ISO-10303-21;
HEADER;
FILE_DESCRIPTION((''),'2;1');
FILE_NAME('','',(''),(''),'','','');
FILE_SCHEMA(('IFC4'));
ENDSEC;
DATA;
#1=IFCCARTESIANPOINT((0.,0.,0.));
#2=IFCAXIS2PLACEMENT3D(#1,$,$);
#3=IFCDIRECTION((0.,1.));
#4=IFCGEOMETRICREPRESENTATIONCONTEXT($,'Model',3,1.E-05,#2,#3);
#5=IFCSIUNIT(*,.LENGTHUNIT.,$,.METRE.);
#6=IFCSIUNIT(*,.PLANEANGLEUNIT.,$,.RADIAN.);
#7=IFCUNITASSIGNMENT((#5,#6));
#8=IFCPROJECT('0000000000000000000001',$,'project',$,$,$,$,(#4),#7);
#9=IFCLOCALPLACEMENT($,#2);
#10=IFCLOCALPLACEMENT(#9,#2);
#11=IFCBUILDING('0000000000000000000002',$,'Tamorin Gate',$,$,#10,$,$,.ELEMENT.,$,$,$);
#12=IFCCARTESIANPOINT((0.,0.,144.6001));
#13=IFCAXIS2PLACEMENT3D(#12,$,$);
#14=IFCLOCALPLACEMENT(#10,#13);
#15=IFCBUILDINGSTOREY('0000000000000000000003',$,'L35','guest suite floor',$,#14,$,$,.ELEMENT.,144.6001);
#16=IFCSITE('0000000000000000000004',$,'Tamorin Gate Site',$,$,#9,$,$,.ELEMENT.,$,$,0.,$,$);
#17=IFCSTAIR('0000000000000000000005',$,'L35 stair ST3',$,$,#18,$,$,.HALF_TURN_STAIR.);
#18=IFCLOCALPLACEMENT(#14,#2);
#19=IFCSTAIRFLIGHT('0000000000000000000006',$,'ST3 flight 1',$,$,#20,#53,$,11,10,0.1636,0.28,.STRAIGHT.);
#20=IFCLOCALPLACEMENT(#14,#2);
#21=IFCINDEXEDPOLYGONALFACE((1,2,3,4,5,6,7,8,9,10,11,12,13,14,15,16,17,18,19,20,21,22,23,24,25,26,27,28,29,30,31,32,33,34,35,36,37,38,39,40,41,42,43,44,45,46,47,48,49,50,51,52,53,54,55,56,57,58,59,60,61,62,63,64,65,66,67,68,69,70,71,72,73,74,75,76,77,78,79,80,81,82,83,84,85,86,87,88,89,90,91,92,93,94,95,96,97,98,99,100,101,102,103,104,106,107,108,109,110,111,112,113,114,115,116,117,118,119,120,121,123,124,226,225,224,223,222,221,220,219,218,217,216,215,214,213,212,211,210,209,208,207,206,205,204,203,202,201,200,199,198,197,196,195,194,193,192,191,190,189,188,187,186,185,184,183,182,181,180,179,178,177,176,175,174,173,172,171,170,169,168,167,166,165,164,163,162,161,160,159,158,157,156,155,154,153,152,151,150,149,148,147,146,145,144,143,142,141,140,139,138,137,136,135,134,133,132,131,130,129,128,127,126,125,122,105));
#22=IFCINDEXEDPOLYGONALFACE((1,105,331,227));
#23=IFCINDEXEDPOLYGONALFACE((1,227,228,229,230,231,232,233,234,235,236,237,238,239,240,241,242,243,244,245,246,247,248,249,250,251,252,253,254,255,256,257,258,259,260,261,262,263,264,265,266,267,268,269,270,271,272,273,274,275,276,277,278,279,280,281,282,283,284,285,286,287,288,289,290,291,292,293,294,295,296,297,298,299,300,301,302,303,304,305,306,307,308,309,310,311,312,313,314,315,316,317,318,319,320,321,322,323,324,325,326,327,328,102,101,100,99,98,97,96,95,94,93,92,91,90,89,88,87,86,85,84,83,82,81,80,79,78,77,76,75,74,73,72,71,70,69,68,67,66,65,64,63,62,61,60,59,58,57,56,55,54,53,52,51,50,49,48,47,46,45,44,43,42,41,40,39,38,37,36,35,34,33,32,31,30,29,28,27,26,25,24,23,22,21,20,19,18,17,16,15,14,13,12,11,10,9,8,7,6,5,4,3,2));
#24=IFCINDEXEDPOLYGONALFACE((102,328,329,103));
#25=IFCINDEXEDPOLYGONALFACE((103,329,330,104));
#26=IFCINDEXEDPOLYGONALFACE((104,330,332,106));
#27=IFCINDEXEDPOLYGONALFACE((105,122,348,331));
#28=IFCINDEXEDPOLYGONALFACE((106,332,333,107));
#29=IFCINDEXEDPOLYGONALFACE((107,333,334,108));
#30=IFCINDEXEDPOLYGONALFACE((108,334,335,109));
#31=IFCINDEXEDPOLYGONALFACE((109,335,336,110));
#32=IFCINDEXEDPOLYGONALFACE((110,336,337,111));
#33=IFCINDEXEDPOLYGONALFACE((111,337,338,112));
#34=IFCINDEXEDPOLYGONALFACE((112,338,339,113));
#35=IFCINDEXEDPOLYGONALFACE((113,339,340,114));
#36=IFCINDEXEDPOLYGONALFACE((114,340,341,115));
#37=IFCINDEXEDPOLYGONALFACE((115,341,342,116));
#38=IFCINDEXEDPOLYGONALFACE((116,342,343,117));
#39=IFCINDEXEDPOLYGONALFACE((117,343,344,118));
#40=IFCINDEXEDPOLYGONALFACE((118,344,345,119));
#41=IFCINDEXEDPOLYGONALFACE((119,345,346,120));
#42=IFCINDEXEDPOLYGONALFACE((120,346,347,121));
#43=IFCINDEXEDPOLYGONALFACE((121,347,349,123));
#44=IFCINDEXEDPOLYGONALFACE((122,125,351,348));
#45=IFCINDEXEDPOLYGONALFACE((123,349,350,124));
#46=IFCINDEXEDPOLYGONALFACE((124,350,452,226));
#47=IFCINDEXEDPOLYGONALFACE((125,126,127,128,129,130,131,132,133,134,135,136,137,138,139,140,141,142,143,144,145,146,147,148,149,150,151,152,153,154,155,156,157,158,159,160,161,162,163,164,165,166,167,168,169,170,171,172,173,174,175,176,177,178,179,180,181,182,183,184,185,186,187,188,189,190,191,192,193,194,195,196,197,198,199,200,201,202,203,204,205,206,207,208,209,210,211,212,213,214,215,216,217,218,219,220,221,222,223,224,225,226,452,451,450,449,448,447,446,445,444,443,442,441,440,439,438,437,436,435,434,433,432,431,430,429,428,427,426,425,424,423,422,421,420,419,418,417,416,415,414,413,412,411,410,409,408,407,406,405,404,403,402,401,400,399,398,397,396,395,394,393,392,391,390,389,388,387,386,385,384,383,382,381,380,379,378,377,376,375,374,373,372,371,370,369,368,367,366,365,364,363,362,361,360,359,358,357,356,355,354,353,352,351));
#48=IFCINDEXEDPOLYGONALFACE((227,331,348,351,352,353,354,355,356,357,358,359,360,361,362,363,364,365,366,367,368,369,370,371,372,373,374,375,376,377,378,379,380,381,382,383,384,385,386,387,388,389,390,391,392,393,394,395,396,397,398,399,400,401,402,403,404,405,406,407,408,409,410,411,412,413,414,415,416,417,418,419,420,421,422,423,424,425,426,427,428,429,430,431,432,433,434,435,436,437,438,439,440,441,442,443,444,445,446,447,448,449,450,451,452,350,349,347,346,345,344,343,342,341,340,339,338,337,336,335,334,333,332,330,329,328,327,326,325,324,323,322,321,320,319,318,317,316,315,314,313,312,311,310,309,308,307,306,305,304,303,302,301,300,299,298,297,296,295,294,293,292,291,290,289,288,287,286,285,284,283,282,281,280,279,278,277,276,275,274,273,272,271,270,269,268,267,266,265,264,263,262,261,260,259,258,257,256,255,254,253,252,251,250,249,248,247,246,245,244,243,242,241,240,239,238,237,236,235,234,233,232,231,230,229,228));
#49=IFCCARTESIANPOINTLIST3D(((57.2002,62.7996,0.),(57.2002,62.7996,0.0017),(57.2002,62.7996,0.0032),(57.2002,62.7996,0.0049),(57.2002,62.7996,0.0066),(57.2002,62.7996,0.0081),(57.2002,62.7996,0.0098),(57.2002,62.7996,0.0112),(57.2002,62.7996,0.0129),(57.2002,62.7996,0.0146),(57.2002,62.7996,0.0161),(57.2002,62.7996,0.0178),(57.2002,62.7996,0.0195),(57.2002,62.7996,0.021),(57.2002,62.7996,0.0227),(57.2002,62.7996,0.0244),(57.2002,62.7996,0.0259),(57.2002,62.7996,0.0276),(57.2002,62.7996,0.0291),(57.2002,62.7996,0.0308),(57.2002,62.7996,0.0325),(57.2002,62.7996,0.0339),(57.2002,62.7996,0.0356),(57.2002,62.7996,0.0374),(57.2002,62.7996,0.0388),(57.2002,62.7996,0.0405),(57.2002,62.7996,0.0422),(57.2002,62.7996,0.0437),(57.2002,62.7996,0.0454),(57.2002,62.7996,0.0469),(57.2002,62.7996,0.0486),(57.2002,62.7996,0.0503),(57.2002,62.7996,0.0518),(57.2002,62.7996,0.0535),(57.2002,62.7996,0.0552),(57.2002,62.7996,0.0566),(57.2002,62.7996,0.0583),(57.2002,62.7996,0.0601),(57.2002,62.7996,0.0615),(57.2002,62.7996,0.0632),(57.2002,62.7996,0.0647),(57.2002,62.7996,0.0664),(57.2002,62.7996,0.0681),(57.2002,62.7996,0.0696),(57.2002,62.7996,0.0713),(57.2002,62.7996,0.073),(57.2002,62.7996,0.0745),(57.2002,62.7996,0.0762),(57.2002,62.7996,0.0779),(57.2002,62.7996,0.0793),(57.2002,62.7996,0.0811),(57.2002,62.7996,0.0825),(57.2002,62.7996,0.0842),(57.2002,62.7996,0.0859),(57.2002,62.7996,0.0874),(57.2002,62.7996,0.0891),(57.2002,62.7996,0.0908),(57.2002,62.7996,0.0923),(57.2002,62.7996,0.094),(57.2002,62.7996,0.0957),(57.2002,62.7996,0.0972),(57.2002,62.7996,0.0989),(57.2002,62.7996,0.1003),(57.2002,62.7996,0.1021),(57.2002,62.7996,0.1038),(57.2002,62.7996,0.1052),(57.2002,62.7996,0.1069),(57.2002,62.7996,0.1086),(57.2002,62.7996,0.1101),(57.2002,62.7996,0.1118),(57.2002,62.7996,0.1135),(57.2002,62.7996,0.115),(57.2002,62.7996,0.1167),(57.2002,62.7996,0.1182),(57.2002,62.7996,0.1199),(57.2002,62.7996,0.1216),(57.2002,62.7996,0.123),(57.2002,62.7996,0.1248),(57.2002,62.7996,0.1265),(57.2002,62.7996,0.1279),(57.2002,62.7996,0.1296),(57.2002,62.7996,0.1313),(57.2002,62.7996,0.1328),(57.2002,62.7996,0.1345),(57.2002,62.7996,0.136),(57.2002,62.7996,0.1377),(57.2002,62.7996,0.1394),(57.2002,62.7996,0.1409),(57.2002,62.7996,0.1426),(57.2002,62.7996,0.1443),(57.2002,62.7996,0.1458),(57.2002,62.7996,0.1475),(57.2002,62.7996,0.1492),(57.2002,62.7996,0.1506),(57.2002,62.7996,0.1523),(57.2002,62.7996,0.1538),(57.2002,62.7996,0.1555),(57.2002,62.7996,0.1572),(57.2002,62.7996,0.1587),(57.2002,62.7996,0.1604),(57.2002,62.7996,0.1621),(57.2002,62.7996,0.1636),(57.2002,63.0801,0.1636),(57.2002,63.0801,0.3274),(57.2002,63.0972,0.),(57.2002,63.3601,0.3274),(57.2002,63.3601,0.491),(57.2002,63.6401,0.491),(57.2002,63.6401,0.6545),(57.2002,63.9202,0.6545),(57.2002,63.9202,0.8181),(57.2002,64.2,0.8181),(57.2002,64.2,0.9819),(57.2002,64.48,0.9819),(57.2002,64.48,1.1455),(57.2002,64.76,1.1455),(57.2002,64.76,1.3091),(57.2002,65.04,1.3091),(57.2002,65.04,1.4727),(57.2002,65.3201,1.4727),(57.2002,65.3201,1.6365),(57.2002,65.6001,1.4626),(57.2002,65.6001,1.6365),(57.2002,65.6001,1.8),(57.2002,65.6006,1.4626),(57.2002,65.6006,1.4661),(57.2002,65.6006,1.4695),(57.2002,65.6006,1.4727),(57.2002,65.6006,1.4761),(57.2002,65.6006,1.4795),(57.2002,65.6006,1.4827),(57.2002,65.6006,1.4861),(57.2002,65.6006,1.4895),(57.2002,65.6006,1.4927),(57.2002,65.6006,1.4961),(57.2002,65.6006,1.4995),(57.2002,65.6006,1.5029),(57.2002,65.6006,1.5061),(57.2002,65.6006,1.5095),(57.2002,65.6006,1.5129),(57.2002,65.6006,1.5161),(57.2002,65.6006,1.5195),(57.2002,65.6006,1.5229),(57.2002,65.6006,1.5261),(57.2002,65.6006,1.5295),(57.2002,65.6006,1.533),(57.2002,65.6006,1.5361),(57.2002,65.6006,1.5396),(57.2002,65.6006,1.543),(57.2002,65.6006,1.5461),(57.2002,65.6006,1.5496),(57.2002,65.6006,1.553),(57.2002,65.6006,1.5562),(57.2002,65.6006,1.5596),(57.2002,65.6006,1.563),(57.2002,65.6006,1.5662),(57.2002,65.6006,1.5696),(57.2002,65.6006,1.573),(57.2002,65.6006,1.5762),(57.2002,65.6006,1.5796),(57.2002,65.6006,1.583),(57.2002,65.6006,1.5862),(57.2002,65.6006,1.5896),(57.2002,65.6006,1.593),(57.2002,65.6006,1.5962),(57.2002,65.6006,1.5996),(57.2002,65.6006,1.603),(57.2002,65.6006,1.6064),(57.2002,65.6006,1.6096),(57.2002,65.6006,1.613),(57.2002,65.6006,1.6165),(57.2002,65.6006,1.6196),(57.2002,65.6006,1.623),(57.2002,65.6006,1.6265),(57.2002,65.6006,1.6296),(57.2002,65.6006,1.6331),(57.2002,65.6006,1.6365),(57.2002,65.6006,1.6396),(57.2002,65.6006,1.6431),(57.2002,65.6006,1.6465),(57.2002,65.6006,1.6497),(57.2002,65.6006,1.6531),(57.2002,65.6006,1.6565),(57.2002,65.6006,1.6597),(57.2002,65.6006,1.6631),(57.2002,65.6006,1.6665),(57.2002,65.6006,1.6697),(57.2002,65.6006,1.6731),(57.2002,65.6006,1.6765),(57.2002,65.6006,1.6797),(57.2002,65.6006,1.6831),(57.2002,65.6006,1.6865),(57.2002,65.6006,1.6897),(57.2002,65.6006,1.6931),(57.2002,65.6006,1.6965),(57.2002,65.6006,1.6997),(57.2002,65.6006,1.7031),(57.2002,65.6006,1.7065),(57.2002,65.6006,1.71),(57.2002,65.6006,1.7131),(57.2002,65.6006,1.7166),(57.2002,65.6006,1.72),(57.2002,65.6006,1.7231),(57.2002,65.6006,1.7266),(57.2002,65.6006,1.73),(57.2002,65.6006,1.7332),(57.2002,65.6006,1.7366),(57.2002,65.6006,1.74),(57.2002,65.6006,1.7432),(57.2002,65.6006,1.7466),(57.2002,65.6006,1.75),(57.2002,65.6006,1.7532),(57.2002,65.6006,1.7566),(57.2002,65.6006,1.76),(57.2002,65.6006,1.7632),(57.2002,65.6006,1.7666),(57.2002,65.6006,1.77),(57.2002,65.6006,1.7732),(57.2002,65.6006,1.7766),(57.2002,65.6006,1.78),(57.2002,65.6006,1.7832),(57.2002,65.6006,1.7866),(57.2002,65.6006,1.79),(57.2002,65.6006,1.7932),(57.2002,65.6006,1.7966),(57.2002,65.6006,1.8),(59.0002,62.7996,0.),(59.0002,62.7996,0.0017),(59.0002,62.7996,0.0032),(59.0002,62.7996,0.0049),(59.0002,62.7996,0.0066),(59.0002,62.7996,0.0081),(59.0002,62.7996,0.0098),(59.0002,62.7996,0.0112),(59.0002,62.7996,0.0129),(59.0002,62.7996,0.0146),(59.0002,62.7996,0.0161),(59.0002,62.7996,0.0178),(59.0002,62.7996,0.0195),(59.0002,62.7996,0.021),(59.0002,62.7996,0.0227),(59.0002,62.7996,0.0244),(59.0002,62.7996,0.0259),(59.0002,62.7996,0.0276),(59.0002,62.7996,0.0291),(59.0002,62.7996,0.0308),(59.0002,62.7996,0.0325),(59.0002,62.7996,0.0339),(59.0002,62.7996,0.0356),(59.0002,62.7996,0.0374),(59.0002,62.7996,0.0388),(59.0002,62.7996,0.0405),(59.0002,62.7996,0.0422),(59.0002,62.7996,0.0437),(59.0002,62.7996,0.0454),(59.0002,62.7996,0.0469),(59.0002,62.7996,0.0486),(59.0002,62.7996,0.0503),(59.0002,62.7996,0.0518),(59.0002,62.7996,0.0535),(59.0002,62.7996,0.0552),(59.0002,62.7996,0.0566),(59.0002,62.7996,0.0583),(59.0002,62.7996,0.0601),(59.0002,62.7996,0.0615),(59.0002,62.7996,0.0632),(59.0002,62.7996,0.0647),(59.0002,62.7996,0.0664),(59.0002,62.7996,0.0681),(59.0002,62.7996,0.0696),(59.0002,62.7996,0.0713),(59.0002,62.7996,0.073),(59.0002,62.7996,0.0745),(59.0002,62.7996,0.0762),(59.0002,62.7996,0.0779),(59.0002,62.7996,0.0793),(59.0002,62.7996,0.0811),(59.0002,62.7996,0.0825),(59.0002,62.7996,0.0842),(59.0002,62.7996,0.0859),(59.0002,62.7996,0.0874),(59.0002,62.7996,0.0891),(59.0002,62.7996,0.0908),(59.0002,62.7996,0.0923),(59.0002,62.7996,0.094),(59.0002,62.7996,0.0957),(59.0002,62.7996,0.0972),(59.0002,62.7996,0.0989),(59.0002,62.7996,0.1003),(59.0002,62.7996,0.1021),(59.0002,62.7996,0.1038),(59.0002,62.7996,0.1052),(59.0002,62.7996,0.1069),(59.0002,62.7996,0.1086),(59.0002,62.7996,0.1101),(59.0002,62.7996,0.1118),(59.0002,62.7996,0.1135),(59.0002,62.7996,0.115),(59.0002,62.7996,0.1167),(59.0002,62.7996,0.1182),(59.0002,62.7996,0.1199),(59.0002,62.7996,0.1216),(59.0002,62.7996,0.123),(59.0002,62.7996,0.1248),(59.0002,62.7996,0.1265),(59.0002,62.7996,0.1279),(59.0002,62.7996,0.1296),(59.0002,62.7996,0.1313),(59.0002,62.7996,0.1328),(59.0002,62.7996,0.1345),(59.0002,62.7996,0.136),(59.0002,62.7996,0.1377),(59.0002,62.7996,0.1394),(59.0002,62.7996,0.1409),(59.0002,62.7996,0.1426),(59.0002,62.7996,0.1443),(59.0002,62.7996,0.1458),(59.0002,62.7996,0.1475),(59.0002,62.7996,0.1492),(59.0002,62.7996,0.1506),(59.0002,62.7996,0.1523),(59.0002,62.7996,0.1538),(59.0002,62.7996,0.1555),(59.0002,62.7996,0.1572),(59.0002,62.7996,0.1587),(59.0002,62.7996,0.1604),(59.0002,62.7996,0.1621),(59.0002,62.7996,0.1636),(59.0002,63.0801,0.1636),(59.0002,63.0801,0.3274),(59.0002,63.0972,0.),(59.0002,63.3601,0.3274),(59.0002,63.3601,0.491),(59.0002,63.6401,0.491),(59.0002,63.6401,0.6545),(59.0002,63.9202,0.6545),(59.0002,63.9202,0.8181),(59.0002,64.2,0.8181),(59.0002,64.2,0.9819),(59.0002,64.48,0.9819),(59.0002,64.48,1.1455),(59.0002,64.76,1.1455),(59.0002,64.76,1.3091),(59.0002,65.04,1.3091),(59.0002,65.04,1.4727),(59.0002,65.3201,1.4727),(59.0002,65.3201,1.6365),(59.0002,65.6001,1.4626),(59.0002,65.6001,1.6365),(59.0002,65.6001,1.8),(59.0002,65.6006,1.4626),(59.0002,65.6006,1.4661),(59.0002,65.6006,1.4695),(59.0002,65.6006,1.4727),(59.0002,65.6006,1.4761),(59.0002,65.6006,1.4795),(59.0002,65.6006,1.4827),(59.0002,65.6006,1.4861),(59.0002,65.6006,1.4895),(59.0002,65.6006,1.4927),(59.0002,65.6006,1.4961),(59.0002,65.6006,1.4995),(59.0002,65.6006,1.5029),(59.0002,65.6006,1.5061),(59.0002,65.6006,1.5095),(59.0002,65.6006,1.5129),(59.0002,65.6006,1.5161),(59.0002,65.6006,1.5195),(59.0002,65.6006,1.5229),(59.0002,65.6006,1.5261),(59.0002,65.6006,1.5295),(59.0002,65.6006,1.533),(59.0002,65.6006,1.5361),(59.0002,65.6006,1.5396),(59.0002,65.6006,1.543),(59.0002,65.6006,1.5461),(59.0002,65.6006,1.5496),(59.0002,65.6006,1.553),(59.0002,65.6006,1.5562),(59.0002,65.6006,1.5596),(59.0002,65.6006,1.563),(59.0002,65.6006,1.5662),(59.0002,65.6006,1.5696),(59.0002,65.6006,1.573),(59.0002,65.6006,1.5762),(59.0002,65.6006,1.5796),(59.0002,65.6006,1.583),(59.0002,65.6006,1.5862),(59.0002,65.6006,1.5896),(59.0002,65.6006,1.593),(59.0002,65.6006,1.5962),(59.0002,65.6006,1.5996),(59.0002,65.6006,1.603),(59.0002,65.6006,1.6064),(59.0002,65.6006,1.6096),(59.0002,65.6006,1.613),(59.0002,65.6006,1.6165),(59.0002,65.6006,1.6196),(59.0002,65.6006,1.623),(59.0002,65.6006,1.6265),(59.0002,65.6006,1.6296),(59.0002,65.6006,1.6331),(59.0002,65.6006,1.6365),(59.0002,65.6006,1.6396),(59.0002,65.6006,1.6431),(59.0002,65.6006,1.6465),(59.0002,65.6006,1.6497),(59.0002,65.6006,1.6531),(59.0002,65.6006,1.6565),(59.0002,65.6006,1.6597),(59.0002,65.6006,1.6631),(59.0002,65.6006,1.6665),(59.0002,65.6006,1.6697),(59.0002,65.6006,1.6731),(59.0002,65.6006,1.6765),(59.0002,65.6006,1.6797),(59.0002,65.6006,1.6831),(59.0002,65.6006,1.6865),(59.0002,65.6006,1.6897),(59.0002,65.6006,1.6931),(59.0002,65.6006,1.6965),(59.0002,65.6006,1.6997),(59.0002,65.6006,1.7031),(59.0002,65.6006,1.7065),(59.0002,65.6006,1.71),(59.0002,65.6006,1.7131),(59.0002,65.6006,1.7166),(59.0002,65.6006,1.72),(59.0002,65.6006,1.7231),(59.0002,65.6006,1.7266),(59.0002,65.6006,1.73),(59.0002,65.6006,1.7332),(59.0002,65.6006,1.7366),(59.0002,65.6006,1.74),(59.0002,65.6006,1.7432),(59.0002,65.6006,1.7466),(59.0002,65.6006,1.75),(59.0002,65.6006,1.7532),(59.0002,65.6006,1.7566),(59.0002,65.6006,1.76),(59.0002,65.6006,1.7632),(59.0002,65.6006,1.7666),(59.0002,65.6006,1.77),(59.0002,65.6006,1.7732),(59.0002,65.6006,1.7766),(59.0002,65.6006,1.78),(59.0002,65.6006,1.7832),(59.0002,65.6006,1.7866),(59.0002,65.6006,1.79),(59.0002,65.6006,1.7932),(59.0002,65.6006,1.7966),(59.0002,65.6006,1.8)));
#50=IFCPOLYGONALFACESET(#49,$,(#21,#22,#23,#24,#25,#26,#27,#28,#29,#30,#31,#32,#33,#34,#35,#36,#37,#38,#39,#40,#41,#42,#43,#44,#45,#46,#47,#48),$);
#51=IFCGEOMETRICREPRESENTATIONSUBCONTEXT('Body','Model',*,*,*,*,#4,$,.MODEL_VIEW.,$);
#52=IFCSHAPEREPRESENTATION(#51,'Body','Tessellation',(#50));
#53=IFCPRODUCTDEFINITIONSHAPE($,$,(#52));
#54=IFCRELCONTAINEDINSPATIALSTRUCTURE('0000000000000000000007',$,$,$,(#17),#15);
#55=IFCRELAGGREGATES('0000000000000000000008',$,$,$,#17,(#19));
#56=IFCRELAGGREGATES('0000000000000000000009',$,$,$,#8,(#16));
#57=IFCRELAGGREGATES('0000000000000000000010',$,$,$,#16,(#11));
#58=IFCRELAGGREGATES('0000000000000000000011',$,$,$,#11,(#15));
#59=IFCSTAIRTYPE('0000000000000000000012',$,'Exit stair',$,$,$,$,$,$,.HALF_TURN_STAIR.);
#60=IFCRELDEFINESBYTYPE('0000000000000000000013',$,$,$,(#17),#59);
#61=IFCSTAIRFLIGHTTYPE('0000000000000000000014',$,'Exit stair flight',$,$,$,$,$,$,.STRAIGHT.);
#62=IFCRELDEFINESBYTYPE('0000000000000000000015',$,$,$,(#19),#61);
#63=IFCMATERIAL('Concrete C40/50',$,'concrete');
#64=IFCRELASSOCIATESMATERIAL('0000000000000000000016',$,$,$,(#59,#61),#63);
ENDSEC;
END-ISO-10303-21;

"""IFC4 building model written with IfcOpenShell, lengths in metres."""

from ifc_helpers import new_model, si_unit, direction, frame, origin, place, context, subcontext, project, spatial, polyline, outline, extrude, material, type_object, element, aggregate, save


model = new_model("IFC4")

# Units and contexts
model_context = context("Model", 3, precision=1e-05, world=origin(), true_north=direction((0.0, 1.0)))
body_context = subcontext(model_context, "Body", "Model", "MODEL_VIEW")
ifc_project = project(units=[si_unit("LENGTHUNIT", "METRE"), si_unit("PLANEANGLEUNIT", "RADIAN")], contexts=[model_context])

# Site, building, storey
site_placement = place(None, origin())
site = spatial("IfcSite", under=ifc_project, at=site_placement, Name="Tamorin Gate Site", CompositionType="ELEMENT", RefElevation=0.0)
building_placement = place(site_placement, origin())
building = spatial("IfcBuilding", under=site, at=building_placement, Name="Tamorin Gate", CompositionType="ELEMENT")
storey_placement = place(building_placement, frame((0.0, 0.0, 144.6001)))
storey = spatial("IfcBuildingStorey", under=building, at=storey_placement, Name="L35", Description="guest suite floor", CompositionType="ELEMENT", Elevation=144.6001)

# Stair, stair flight
ifc_material_1 = material(Name="Concrete C40/50", Category="concrete")
stair_type = type_object("IfcStairType", Name="Exit stair", PredefinedType="HALF_TURN_STAIR", material=ifc_material_1)
stair_placement = place(storey_placement, origin())
stair = element("IfcStair", 1, at=stair_placement, inside=storey, type_object=stair_type, Name="L35 stair ST3", PredefinedType="HALF_TURN_STAIR")
stair_flight_type = type_object("IfcStairFlightType", Name="Exit stair flight", PredefinedType="STRAIGHT", material=ifc_material_1)
stair_flight_placement = place(storey_placement, frame((58.1001, 62.8, 0.0), z_axis=(0.0, 0.0, 1.0), x_axis=(0.0, 1.0, 0.0)))
stair_flight = element("IfcStairFlight", 2, at=stair_flight_placement, type_object=stair_flight_type, Name="ST3 flight 1", NumberOfRisers=11, NumberOfTreads=10, PredefinedType="STRAIGHT", RiserHeight=0.1636, TreadLength=0.28, context=body_context, shape_type="SweptSolid", body=[
    extrude(outline(polyline([(-0.0005, 0.0), (-0.0005, 0.0017), (-0.0005, 0.0032), (-0.0005, 0.0049), (-0.0005, 0.0066), (-0.0005, 0.0081), (-0.0005, 0.0098), (-0.0005, 0.0112), (-0.0005, 0.0129), (-0.0005, 0.0146), (-0.0005, 0.0161), (-0.0005, 0.0178), (-0.0005, 0.0195), (-0.0005, 0.021), (-0.0005, 0.0227), (-0.0005, 0.0244), (-0.0005, 0.0259), (-0.0005, 0.0276), (-0.0005, 0.0291), (-0.0005, 0.0308), (-0.0005, 0.0325), (-0.0005, 0.0339), (-0.0005, 0.0356), (-0.0005, 0.0374), (-0.0005, 0.0388), (-0.0005, 0.0405), (-0.0005, 0.0422), (-0.0005, 0.0437), (-0.0005, 0.0454), (-0.0005, 0.0469), (-0.0005, 0.0486), (-0.0005, 0.0503), (-0.0005, 0.0518), (-0.0005, 0.0535), (-0.0005, 0.0552), (-0.0005, 0.0566), (-0.0005, 0.0583), (-0.0005, 0.0601), (-0.0005, 0.0615), (-0.0005, 0.0632), (-0.0005, 0.0647), (-0.0005, 0.0664), (-0.0005, 0.0681), (-0.0005, 0.0696), (-0.0005, 0.0713), (-0.0005, 0.073), (-0.0005, 0.0745), (-0.0005, 0.0762), (-0.0005, 0.0779), (-0.0005, 0.0793), (-0.0005, 0.0811), (-0.0005, 0.0825), (-0.0005, 0.0842), (-0.0005, 0.0859), (-0.0005, 0.0874), (-0.0005, 0.0891), (-0.0005, 0.0908), (-0.0005, 0.0923), (-0.0005, 0.094), (-0.0005, 0.0957), (-0.0005, 0.0972), (-0.0005, 0.0989), (-0.0005, 0.1003), (-0.0005, 0.1021), (-0.0005, 0.1038), (-0.0005, 0.1052), (-0.0005, 0.1069), (-0.0005, 0.1086), (-0.0005, 0.1101), (-0.0005, 0.1118), (-0.0005, 0.1135), (-0.0005, 0.115), (-0.0005, 0.1167), (-0.0005, 0.1182), (-0.0005, 0.1199), (-0.0005, 0.1216), (-0.0005, 0.123), (-0.0005, 0.1248), (-0.0005, 0.1265), (-0.0005, 0.1279), (-0.0005, 0.1296), (-0.0005, 0.1313), (-0.0005, 0.1328), (-0.0005, 0.1345), (-0.0005, 0.136), (-0.0005, 0.1377), (-0.0005, 0.1394), (-0.0005, 0.1409), (-0.0005, 0.1426), (-0.0005, 0.1443), (-0.0005, 0.1458), (-0.0005, 0.1475), (-0.0005, 0.1492), (-0.0005, 0.1506), (-0.0005, 0.1523), (-0.0005, 0.1538), (-0.0005, 0.1555), (-0.0005, 0.1572), (-0.0005, 0.1587), (-0.0005, 0.1604), (-0.0005, 0.1621), (-0.0005, 0.1636), (0.28, 0.1636), (0.28, 0.3274), (0.5601, 0.3274), (0.5601, 0.491), (0.8401, 0.491), (0.8401, 0.6545), (1.1201, 0.6545), (1.1201, 0.8181), (1.3999, 0.8181), (1.3999, 0.9819), (1.6799, 0.9819), (1.6799, 1.1455), (1.96, 1.1455), (1.96, 1.3091), (2.24, 1.3091), (2.24, 1.4727), (2.52, 1.4727), (2.52, 1.6365), (2.8, 1.6365), (2.8, 1.8), (2.8005, 1.8), (2.8005, 1.7966), (2.8005, 1.7932), (2.8005, 1.79), (2.8005, 1.7866), (2.8005, 1.7832), (2.8005, 1.78), (2.8005, 1.7766), (2.8005, 1.7732), (2.8005, 1.77), (2.8005, 1.7666), (2.8005, 1.7632), (2.8005, 1.76), (2.8005, 1.7566), (2.8005, 1.7532), (2.8005, 1.75), (2.8005, 1.7466), (2.8005, 1.7432), (2.8005, 1.74), (2.8005, 1.7366), (2.8005, 1.7332), (2.8005, 1.73), (2.8005, 1.7266), (2.8005, 1.7231), (2.8005, 1.72), (2.8005, 1.7166), (2.8005, 1.7131), (2.8005, 1.71), (2.8005, 1.7065), (2.8005, 1.7031), (2.8005, 1.6997), (2.8005, 1.6965), (2.8005, 1.6931), (2.8005, 1.6897), (2.8005, 1.6865), (2.8005, 1.6831), (2.8005, 1.6797), (2.8005, 1.6765), (2.8005, 1.6731), (2.8005, 1.6697), (2.8005, 1.6665), (2.8005, 1.6631), (2.8005, 1.6597), (2.8005, 1.6565), (2.8005, 1.6531), (2.8005, 1.6497), (2.8005, 1.6465), (2.8005, 1.6431), (2.8005, 1.6396), (2.8005, 1.6365), (2.8005, 1.6331), (2.8005, 1.6296), (2.8005, 1.6265), (2.8005, 1.623), (2.8005, 1.6196), (2.8005, 1.6165), (2.8005, 1.613), (2.8005, 1.6096), (2.8005, 1.6064), (2.8005, 1.603), (2.8005, 1.5996), (2.8005, 1.5962), (2.8005, 1.593), (2.8005, 1.5896), (2.8005, 1.5862), (2.8005, 1.583), (2.8005, 1.5796), (2.8005, 1.5762), (2.8005, 1.573), (2.8005, 1.5696), (2.8005, 1.5662), (2.8005, 1.563), (2.8005, 1.5596), (2.8005, 1.5562), (2.8005, 1.553), (2.8005, 1.5496), (2.8005, 1.5461), (2.8005, 1.543), (2.8005, 1.5396), (2.8005, 1.5361), (2.8005, 1.533), (2.8005, 1.5295), (2.8005, 1.5261), (2.8005, 1.5229), (2.8005, 1.5195), (2.8005, 1.5161), (2.8005, 1.5129), (2.8005, 1.5095), (2.8005, 1.5061), (2.8005, 1.5029), (2.8005, 1.4995), (2.8005, 1.4961), (2.8005, 1.4927), (2.8005, 1.4895), (2.8005, 1.4861), (2.8005, 1.4827), (2.8005, 1.4795), (2.8005, 1.4761), (2.8005, 1.4727), (2.8005, 1.4695), (2.8005, 1.4661), (2.8005, 1.4626), (2.8, 1.4626), (0.2971, 0.0), (-0.0005, 0.0)])), frame((0.0, 0.8999, 0.0), z_axis=(0.0, -1.0, 0.0), x_axis=(1.0, 0.0, 0.0)), (0.0, 0.0, 1.0), 1.8),
])
aggregate(stair, [stair_flight])

save(model, "model.ifc")
